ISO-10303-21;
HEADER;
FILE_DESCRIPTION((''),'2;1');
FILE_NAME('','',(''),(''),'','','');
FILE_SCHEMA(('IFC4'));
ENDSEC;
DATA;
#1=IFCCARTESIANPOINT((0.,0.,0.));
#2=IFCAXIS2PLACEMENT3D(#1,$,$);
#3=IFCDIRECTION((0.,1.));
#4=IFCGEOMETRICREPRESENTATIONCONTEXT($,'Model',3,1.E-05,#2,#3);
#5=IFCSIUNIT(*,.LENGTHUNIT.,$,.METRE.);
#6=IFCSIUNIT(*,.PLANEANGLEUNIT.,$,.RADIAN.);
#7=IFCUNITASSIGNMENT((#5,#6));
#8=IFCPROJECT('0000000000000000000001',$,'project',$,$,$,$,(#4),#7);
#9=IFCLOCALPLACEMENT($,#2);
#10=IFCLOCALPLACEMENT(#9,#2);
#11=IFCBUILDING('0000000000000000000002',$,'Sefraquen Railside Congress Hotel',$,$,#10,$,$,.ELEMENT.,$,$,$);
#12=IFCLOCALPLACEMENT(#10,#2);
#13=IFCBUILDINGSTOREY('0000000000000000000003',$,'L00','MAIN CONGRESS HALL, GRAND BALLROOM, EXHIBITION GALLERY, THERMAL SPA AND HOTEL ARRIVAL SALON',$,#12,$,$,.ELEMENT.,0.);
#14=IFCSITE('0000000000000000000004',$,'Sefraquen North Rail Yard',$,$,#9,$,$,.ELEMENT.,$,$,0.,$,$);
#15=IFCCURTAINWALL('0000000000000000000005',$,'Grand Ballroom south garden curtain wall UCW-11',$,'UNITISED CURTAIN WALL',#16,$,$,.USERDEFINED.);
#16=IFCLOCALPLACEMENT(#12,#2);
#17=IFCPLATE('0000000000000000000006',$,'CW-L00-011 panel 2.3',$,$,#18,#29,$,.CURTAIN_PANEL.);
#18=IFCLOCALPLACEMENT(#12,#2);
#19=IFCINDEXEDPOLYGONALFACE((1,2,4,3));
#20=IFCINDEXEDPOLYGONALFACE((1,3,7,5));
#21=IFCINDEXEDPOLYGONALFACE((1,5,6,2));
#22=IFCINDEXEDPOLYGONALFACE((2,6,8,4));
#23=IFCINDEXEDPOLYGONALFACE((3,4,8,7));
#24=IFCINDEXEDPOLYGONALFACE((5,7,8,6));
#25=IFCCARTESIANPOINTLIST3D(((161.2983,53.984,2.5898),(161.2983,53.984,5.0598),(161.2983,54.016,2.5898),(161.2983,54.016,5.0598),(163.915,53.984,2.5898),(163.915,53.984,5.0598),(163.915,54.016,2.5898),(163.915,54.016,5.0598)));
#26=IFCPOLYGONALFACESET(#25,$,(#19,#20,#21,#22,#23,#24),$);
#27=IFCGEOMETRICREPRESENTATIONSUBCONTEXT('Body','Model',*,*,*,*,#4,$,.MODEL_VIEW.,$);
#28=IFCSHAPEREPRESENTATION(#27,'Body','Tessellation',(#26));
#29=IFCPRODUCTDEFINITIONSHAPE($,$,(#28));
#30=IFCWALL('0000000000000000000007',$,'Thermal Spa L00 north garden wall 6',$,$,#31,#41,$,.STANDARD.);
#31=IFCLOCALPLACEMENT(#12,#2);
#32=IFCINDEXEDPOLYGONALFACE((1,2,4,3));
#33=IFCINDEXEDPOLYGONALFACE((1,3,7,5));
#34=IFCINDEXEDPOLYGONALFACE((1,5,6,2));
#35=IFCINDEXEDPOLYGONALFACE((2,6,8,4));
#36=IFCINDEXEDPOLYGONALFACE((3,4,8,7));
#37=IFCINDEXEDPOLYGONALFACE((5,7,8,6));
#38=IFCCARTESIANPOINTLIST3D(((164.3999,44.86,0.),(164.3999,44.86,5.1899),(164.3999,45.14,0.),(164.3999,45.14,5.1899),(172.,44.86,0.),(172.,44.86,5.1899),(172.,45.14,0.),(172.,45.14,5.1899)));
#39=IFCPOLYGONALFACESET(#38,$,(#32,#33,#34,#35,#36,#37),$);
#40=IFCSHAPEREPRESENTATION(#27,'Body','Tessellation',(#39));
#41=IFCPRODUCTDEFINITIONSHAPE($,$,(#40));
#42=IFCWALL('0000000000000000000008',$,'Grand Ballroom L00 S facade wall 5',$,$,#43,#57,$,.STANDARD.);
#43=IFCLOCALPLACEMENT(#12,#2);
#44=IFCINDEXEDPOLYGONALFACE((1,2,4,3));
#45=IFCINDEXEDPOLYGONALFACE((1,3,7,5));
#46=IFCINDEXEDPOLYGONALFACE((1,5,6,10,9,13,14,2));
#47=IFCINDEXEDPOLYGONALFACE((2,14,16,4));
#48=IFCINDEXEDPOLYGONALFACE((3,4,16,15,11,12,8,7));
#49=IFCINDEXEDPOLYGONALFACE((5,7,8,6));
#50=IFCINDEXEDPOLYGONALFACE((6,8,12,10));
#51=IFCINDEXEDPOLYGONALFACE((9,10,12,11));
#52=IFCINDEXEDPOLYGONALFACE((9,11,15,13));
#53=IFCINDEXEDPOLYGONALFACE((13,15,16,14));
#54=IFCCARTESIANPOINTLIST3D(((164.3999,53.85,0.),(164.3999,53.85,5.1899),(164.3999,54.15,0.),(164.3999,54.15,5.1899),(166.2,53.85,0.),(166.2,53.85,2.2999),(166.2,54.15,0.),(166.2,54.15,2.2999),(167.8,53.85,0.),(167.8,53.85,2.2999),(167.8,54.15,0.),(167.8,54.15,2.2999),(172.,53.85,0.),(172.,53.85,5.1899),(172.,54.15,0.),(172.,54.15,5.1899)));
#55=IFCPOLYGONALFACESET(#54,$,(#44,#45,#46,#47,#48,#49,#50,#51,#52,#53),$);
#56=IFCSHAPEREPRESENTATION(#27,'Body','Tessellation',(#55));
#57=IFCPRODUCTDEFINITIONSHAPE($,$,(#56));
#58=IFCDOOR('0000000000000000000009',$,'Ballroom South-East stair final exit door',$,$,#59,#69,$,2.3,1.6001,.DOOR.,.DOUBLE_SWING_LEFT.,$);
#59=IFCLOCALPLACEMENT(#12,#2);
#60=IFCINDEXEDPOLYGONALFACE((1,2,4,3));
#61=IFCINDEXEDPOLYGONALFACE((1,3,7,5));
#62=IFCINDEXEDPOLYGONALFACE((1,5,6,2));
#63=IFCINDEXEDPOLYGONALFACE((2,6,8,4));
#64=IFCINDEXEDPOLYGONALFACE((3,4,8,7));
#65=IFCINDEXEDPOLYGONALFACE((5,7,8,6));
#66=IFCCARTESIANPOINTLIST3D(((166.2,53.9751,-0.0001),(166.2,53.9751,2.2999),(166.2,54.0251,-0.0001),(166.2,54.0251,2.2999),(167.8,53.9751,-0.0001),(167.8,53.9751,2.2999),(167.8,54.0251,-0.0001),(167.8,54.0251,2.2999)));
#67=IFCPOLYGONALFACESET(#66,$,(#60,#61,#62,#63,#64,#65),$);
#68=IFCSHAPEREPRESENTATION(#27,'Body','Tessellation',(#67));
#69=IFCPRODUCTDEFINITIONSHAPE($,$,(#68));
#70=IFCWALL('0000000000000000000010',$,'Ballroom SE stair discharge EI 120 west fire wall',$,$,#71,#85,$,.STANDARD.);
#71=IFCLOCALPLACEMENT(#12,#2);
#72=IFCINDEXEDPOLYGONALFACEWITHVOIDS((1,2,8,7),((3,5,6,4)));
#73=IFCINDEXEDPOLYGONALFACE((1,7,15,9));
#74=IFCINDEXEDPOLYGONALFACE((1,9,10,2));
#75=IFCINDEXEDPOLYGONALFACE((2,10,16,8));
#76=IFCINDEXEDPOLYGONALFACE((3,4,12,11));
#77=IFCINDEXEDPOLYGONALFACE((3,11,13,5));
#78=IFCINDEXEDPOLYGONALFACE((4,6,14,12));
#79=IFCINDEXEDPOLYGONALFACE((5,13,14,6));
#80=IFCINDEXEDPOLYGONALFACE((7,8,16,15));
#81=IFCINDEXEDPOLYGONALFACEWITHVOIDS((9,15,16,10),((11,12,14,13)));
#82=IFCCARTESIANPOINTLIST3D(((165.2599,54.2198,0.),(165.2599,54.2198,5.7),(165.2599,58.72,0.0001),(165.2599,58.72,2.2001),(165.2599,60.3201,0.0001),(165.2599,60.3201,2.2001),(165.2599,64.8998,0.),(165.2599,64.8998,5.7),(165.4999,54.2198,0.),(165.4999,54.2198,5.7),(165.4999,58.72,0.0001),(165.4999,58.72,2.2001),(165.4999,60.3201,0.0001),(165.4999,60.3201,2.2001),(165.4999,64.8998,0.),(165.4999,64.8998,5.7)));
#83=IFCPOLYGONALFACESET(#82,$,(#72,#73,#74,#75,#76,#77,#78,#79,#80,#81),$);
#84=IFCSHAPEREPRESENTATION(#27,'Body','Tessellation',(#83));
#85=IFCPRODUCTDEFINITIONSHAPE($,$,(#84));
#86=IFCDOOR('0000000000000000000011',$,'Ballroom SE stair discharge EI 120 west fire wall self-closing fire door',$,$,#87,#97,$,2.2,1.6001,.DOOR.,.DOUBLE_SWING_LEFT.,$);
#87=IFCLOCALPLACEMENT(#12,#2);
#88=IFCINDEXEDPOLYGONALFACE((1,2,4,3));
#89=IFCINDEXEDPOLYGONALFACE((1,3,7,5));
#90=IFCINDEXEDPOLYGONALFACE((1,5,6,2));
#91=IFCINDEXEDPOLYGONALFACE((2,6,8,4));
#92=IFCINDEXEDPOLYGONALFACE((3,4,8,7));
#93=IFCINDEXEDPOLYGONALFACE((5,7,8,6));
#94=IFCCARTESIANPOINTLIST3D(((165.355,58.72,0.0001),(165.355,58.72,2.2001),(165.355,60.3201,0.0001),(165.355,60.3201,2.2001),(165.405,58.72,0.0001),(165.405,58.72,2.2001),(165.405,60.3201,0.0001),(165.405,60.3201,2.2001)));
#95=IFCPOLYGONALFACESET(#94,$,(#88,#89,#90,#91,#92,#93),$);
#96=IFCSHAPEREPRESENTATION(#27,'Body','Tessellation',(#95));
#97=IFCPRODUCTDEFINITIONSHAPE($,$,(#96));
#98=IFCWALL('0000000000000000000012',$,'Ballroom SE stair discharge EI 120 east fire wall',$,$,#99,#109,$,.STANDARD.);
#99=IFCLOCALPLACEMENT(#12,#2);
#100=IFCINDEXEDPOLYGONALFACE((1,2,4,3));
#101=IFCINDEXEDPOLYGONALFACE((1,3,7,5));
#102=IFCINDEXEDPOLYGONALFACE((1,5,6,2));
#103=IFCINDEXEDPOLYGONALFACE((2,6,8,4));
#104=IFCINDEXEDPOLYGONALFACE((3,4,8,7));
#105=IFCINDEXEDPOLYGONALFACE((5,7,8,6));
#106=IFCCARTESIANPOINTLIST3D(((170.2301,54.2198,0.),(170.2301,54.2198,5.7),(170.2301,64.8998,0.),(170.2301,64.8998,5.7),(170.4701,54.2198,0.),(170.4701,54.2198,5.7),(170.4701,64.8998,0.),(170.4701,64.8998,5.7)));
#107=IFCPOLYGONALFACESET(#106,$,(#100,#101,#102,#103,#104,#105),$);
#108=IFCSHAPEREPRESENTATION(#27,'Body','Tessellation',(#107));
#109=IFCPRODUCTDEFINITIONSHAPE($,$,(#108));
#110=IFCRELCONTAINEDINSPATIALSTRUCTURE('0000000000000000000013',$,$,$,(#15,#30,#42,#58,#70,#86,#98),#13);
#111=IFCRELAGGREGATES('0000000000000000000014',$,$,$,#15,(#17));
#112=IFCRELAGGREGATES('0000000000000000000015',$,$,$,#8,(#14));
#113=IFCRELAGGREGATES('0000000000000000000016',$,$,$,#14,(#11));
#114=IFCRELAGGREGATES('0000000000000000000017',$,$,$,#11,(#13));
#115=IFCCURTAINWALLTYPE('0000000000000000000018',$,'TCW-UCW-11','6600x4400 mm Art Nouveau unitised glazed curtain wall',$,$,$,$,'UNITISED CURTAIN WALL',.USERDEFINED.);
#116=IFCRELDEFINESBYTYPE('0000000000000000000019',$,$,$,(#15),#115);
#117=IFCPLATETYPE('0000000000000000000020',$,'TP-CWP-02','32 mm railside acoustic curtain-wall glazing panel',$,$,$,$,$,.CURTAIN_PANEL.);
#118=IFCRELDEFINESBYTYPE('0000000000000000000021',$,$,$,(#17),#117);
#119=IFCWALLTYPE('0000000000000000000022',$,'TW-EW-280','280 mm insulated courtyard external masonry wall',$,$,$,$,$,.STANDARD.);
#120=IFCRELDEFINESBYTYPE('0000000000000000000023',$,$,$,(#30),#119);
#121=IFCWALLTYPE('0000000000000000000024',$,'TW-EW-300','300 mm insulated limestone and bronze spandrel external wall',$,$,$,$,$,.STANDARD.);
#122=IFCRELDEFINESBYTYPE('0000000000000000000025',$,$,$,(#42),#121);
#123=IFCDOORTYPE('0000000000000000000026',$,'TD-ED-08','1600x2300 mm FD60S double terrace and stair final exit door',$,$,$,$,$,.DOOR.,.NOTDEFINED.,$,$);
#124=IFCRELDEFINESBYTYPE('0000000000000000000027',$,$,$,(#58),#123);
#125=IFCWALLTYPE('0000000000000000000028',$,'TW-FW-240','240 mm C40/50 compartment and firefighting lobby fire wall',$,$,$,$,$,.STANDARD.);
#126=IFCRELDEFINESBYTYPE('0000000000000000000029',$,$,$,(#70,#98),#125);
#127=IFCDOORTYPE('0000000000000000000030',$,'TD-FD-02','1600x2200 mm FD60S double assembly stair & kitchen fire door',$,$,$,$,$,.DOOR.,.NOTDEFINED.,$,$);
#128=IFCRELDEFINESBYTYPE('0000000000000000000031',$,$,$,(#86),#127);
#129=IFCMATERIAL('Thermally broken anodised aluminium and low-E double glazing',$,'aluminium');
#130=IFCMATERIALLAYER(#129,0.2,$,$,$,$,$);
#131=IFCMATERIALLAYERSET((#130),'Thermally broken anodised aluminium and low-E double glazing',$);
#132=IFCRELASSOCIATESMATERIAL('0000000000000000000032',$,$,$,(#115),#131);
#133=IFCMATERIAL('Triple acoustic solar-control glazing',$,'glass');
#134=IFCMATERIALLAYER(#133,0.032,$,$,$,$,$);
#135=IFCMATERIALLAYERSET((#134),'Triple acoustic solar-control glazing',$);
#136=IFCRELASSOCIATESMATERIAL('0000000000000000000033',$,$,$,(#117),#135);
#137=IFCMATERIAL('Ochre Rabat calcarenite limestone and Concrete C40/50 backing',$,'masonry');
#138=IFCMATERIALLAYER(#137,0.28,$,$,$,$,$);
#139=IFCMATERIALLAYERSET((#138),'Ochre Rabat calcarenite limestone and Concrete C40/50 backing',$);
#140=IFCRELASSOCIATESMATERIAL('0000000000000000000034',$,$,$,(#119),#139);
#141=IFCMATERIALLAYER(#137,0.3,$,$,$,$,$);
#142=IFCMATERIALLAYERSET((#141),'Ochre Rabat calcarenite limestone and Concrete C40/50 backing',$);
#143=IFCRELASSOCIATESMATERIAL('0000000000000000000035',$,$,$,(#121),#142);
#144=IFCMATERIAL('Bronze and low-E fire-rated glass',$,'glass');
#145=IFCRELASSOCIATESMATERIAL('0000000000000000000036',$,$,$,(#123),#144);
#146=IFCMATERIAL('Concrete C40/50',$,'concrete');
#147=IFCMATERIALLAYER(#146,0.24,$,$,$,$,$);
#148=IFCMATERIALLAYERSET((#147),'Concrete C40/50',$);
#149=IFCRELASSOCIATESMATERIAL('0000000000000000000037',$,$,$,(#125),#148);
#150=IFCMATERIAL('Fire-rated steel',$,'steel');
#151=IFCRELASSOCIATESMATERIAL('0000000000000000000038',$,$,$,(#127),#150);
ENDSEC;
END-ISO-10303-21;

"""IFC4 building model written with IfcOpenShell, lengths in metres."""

from ifc_helpers import new_model, si_unit, direction, frame, frame_2d, origin, origin_2d, place, context, subcontext, project, spatial, rectangle, extrude, material, layer, layer_set, type_object, element, fill, aggregate, save


model = new_model("IFC4")

# Units and contexts
model_context = context("Model", 3, precision=1e-05, world=origin(), true_north=direction((0.0, 1.0)))
body_context = subcontext(model_context, "Body", "Model", "MODEL_VIEW")
ifc_project = project(units=[si_unit("LENGTHUNIT", "METRE"), si_unit("PLANEANGLEUNIT", "RADIAN")], contexts=[model_context])

# Site, building, storey
site_placement = place(None, origin())
site = spatial("IfcSite", under=ifc_project, at=site_placement, Name="Sefraquen North Rail Yard", CompositionType="ELEMENT", RefElevation=0.0)
building_placement = place(site_placement, origin())
building = spatial("IfcBuilding", under=site, at=building_placement, Name="Sefraquen Railside Congress Hotel", CompositionType="ELEMENT")
storey_placement = place(building_placement, origin())
storey = spatial("IfcBuildingStorey", under=building, at=storey_placement, Name="L00", Description="MAIN CONGRESS HALL, GRAND BALLROOM, EXHIBITION GALLERY, THERMAL SPA AND HOTEL ARRIVAL SALON", CompositionType="ELEMENT", Elevation=0.0)

# Curtain wall, plate
ifc_material_1 = material(Name="Thermally broken anodised aluminium and low-E double glazing", Category="aluminium")
ifc_layer_1 = layer(ifc_material_1, 0.2)
ifc_layer_set_1 = layer_set([ifc_layer_1], Name="Thermally broken anodised aluminium and low-E double glazing")
curtain_wall_type = type_object("IfcCurtainWallType", Name="TCW-UCW-11", Description="6600x4400 mm Art Nouveau unitised glazed curtain wall", ElementType="UNITISED CURTAIN WALL", PredefinedType="USERDEFINED", material=ifc_layer_set_1)
curtain_wall_placement = place(storey_placement, origin())
curtain_wall = element("IfcCurtainWall", 1, at=curtain_wall_placement, inside=storey, type_object=curtain_wall_type, Name="Grand Ballroom south garden curtain wall UCW-11", ObjectType="UNITISED CURTAIN WALL", PredefinedType="USERDEFINED")
ifc_material_2 = material(Name="Triple acoustic solar-control glazing", Category="glass")
ifc_layer_2 = layer(ifc_material_2, 0.032)
ifc_layer_set_2 = layer_set([ifc_layer_2], Name="Triple acoustic solar-control glazing")
plate_type_1 = type_object("IfcPlateType", Name="TP-CWP-02", Description="32 mm railside acoustic curtain-wall glazing panel", PredefinedType="CURTAIN_PANEL", material=ifc_layer_set_2)
plate_1_placement = place(storey_placement, frame((162.6067, 54.0, 2.5898), z_axis=(0.0, 0.0, 1.0), x_axis=(1.0, 0.0, 0.0)))
plate_1 = element("IfcPlate", 2, at=plate_1_placement, type_object=plate_type_1, Name="CW-L00-011 panel 2.3", PredefinedType="CURTAIN_PANEL", context=body_context, shape_type="SweptSolid", body=[
    extrude(rectangle(XDim=2.6167, YDim=0.032, at=origin_2d()), origin(), (0.0, 0.0, 1.0), 2.47),
])
aggregate(curtain_wall, [plate_1])

# Wall
ifc_material_3 = material(Name="Ochre Rabat calcarenite limestone and Concrete C40/50 backing", Category="masonry")
ifc_layer_3 = layer(ifc_material_3, 0.28)
ifc_layer_set_3 = layer_set([ifc_layer_3], Name="Ochre Rabat calcarenite limestone and Concrete C40/50 backing")
wall_type_1 = type_object("IfcWallType", Name="TW-EW-280", Description="280 mm insulated courtyard external masonry wall", PredefinedType="STANDARD", material=ifc_layer_set_3)
wall_1_placement = place(storey_placement, frame((164.3999, 45.0, 0.0), z_axis=(0.0, 0.0, 1.0), x_axis=(1.0, 0.0, 0.0)))
element("IfcWall", 3, at=wall_1_placement, inside=storey, type_object=wall_type_1, Name="Thermal Spa L00 north garden wall 6", PredefinedType="STANDARD", context=body_context, shape_type="SweptSolid", body=[
    extrude(rectangle(XDim=7.6001, YDim=0.28, at=frame_2d((3.8, 0.0))), origin(), (0.0, 0.0, 1.0), 5.1899),
])

# Walls, openings, doors
ifc_layer_4 = layer(ifc_material_3, 0.3)
ifc_layer_set_4 = layer_set([ifc_layer_4], Name="Ochre Rabat calcarenite limestone and Concrete C40/50 backing")
wall_type_2 = type_object("IfcWallType", Name="TW-EW-300", Description="300 mm insulated limestone and bronze spandrel external wall", PredefinedType="STANDARD", material=ifc_layer_set_4)
wall_2_placement = place(storey_placement, frame((164.3999, 54.0, 0.0), z_axis=(0.0, 0.0, 1.0), x_axis=(1.0, 0.0, 0.0)))
wall_2 = element("IfcWall", 4, at=wall_2_placement, inside=storey, type_object=wall_type_2, Name="Grand Ballroom L00 S facade wall 5", PredefinedType="STANDARD", context=body_context, shape_type="SweptSolid", body=[
    extrude(rectangle(XDim=7.6001, YDim=0.3, at=frame_2d((3.8, 0.0))), origin(), (0.0, 0.0, 1.0), 5.1899),
])
opening_1_placement = place(wall_2_placement, frame((1.8, 0.0, 0.0)))
opening_1 = element("IfcOpeningElement", 5, at=opening_1_placement, cuts=wall_2, PredefinedType="OPENING", context=body_context, shape_type="SweptSolid", body=[
    extrude(rectangle(XDim=1.6001, YDim=2.3, at=frame_2d((0.8, 1.1499))), frame((0.0, 0.1599, 0.0), z_axis=(0.0, -1.0, 0.0), x_axis=(1.0, 0.0, 0.0)), (0.0, 0.0, 1.0), 0.3201),
])
ifc_material_4 = material(Name="Bronze and low-E fire-rated glass", Category="glass")
door_type_1 = type_object("IfcDoorType", Name="TD-ED-08", Description="1600x2300 mm FD60S double terrace and stair final exit door", OperationType="NOTDEFINED", PredefinedType="DOOR", material=ifc_material_4)
door_1_placement = place(opening_1_placement, frame((1.6001, 0.0, 0.0), z_axis=(0.0, 0.0, 1.0), x_axis=(-1.0, 0.0, 0.0)))
door_1 = element("IfcDoor", 6, at=door_1_placement, inside=storey, type_object=door_type_1, Name="Ballroom South-East stair final exit door", OperationType="DOUBLE_SWING_LEFT", OverallHeight=2.3, OverallWidth=1.6001, PredefinedType="DOOR", context=body_context, shape_type="SweptSolid", body=[
    extrude(rectangle(XDim=1.6001, YDim=2.3, at=frame_2d((0.8, 1.1499))), frame((0.0, 0.0249, 0.0), z_axis=(0.0, -1.0, 0.0), x_axis=(1.0, 0.0, 0.0)), (0.0, 0.0, 1.0), 0.05),
])
fill(opening_1, door_1)
ifc_material_5 = material(Name="Concrete C40/50", Category="concrete")
ifc_layer_5 = layer(ifc_material_5, 0.24)
ifc_layer_set_5 = layer_set([ifc_layer_5], Name="Concrete C40/50")
wall_type_3 = type_object("IfcWallType", Name="TW-FW-240", Description="240 mm C40/50 compartment and firefighting lobby fire wall", PredefinedType="STANDARD", material=ifc_layer_set_5)
wall_3_placement = place(storey_placement, frame((165.3799, 54.22, 0.0), z_axis=(0.0, 0.0, 1.0), x_axis=(0.0, 1.0, 0.0)))
wall_3 = element("IfcWall", 7, at=wall_3_placement, inside=storey, type_object=wall_type_3, Name="Ballroom SE stair discharge EI 120 west fire wall", PredefinedType="STANDARD", context=body_context, shape_type="SweptSolid", body=[
    extrude(rectangle(XDim=10.6799, YDim=0.24, at=frame_2d((5.3398, 0.0))), origin(), (0.0, 0.0, 1.0), 5.7),
])
opening_2_placement = place(wall_3_placement, frame((4.5, 0.0, 0.0)))
opening_2 = element("IfcOpeningElement", 8, at=opening_2_placement, cuts=wall_3, PredefinedType="OPENING", context=body_context, shape_type="SweptSolid", body=[
    extrude(rectangle(XDim=1.6001, YDim=2.2, at=frame_2d((0.8, 1.1001))), frame((0.0, 0.1299, 0.0), z_axis=(0.0, -1.0, 0.0), x_axis=(1.0, 0.0, 0.0)), (0.0, 0.0, 1.0), 0.26),
])
ifc_material_6 = material(Name="Fire-rated steel", Category="steel")
door_type_2 = type_object("IfcDoorType", Name="TD-FD-02", Description="1600x2200 mm FD60S double assembly stair & kitchen fire door", OperationType="NOTDEFINED", PredefinedType="DOOR", material=ifc_material_6)
door_2_placement = place(opening_2_placement, origin())
door_2 = element("IfcDoor", 9, at=door_2_placement, inside=storey, type_object=door_type_2, Name="Ballroom SE stair discharge EI 120 west fire wall self-closing fire door", OperationType="DOUBLE_SWING_LEFT", OverallHeight=2.2, OverallWidth=1.6001, PredefinedType="DOOR", context=body_context, shape_type="SweptSolid", body=[
    extrude(rectangle(XDim=1.6001, YDim=2.2, at=frame_2d((0.8, 1.1001))), frame((0.0, 0.0249, 0.0), z_axis=(0.0, -1.0, 0.0), x_axis=(1.0, 0.0, 0.0)), (0.0, 0.0, 1.0), 0.05),
])
fill(opening_2, door_2)

# Wall
wall_4_placement = place(storey_placement, frame((170.3501, 54.22, 0.0), z_axis=(0.0, 0.0, 1.0), x_axis=(0.0, 1.0, 0.0)))
element("IfcWall", 10, at=wall_4_placement, inside=storey, type_object=wall_type_3, Name="Ballroom SE stair discharge EI 120 east fire wall", PredefinedType="STANDARD", context=body_context, shape_type="SweptSolid", body=[
    extrude(rectangle(XDim=10.6799, YDim=0.24, at=frame_2d((5.3398, 0.0))), origin(), (0.0, 0.0, 1.0), 5.7),
])

save(model, "model.ifc")
